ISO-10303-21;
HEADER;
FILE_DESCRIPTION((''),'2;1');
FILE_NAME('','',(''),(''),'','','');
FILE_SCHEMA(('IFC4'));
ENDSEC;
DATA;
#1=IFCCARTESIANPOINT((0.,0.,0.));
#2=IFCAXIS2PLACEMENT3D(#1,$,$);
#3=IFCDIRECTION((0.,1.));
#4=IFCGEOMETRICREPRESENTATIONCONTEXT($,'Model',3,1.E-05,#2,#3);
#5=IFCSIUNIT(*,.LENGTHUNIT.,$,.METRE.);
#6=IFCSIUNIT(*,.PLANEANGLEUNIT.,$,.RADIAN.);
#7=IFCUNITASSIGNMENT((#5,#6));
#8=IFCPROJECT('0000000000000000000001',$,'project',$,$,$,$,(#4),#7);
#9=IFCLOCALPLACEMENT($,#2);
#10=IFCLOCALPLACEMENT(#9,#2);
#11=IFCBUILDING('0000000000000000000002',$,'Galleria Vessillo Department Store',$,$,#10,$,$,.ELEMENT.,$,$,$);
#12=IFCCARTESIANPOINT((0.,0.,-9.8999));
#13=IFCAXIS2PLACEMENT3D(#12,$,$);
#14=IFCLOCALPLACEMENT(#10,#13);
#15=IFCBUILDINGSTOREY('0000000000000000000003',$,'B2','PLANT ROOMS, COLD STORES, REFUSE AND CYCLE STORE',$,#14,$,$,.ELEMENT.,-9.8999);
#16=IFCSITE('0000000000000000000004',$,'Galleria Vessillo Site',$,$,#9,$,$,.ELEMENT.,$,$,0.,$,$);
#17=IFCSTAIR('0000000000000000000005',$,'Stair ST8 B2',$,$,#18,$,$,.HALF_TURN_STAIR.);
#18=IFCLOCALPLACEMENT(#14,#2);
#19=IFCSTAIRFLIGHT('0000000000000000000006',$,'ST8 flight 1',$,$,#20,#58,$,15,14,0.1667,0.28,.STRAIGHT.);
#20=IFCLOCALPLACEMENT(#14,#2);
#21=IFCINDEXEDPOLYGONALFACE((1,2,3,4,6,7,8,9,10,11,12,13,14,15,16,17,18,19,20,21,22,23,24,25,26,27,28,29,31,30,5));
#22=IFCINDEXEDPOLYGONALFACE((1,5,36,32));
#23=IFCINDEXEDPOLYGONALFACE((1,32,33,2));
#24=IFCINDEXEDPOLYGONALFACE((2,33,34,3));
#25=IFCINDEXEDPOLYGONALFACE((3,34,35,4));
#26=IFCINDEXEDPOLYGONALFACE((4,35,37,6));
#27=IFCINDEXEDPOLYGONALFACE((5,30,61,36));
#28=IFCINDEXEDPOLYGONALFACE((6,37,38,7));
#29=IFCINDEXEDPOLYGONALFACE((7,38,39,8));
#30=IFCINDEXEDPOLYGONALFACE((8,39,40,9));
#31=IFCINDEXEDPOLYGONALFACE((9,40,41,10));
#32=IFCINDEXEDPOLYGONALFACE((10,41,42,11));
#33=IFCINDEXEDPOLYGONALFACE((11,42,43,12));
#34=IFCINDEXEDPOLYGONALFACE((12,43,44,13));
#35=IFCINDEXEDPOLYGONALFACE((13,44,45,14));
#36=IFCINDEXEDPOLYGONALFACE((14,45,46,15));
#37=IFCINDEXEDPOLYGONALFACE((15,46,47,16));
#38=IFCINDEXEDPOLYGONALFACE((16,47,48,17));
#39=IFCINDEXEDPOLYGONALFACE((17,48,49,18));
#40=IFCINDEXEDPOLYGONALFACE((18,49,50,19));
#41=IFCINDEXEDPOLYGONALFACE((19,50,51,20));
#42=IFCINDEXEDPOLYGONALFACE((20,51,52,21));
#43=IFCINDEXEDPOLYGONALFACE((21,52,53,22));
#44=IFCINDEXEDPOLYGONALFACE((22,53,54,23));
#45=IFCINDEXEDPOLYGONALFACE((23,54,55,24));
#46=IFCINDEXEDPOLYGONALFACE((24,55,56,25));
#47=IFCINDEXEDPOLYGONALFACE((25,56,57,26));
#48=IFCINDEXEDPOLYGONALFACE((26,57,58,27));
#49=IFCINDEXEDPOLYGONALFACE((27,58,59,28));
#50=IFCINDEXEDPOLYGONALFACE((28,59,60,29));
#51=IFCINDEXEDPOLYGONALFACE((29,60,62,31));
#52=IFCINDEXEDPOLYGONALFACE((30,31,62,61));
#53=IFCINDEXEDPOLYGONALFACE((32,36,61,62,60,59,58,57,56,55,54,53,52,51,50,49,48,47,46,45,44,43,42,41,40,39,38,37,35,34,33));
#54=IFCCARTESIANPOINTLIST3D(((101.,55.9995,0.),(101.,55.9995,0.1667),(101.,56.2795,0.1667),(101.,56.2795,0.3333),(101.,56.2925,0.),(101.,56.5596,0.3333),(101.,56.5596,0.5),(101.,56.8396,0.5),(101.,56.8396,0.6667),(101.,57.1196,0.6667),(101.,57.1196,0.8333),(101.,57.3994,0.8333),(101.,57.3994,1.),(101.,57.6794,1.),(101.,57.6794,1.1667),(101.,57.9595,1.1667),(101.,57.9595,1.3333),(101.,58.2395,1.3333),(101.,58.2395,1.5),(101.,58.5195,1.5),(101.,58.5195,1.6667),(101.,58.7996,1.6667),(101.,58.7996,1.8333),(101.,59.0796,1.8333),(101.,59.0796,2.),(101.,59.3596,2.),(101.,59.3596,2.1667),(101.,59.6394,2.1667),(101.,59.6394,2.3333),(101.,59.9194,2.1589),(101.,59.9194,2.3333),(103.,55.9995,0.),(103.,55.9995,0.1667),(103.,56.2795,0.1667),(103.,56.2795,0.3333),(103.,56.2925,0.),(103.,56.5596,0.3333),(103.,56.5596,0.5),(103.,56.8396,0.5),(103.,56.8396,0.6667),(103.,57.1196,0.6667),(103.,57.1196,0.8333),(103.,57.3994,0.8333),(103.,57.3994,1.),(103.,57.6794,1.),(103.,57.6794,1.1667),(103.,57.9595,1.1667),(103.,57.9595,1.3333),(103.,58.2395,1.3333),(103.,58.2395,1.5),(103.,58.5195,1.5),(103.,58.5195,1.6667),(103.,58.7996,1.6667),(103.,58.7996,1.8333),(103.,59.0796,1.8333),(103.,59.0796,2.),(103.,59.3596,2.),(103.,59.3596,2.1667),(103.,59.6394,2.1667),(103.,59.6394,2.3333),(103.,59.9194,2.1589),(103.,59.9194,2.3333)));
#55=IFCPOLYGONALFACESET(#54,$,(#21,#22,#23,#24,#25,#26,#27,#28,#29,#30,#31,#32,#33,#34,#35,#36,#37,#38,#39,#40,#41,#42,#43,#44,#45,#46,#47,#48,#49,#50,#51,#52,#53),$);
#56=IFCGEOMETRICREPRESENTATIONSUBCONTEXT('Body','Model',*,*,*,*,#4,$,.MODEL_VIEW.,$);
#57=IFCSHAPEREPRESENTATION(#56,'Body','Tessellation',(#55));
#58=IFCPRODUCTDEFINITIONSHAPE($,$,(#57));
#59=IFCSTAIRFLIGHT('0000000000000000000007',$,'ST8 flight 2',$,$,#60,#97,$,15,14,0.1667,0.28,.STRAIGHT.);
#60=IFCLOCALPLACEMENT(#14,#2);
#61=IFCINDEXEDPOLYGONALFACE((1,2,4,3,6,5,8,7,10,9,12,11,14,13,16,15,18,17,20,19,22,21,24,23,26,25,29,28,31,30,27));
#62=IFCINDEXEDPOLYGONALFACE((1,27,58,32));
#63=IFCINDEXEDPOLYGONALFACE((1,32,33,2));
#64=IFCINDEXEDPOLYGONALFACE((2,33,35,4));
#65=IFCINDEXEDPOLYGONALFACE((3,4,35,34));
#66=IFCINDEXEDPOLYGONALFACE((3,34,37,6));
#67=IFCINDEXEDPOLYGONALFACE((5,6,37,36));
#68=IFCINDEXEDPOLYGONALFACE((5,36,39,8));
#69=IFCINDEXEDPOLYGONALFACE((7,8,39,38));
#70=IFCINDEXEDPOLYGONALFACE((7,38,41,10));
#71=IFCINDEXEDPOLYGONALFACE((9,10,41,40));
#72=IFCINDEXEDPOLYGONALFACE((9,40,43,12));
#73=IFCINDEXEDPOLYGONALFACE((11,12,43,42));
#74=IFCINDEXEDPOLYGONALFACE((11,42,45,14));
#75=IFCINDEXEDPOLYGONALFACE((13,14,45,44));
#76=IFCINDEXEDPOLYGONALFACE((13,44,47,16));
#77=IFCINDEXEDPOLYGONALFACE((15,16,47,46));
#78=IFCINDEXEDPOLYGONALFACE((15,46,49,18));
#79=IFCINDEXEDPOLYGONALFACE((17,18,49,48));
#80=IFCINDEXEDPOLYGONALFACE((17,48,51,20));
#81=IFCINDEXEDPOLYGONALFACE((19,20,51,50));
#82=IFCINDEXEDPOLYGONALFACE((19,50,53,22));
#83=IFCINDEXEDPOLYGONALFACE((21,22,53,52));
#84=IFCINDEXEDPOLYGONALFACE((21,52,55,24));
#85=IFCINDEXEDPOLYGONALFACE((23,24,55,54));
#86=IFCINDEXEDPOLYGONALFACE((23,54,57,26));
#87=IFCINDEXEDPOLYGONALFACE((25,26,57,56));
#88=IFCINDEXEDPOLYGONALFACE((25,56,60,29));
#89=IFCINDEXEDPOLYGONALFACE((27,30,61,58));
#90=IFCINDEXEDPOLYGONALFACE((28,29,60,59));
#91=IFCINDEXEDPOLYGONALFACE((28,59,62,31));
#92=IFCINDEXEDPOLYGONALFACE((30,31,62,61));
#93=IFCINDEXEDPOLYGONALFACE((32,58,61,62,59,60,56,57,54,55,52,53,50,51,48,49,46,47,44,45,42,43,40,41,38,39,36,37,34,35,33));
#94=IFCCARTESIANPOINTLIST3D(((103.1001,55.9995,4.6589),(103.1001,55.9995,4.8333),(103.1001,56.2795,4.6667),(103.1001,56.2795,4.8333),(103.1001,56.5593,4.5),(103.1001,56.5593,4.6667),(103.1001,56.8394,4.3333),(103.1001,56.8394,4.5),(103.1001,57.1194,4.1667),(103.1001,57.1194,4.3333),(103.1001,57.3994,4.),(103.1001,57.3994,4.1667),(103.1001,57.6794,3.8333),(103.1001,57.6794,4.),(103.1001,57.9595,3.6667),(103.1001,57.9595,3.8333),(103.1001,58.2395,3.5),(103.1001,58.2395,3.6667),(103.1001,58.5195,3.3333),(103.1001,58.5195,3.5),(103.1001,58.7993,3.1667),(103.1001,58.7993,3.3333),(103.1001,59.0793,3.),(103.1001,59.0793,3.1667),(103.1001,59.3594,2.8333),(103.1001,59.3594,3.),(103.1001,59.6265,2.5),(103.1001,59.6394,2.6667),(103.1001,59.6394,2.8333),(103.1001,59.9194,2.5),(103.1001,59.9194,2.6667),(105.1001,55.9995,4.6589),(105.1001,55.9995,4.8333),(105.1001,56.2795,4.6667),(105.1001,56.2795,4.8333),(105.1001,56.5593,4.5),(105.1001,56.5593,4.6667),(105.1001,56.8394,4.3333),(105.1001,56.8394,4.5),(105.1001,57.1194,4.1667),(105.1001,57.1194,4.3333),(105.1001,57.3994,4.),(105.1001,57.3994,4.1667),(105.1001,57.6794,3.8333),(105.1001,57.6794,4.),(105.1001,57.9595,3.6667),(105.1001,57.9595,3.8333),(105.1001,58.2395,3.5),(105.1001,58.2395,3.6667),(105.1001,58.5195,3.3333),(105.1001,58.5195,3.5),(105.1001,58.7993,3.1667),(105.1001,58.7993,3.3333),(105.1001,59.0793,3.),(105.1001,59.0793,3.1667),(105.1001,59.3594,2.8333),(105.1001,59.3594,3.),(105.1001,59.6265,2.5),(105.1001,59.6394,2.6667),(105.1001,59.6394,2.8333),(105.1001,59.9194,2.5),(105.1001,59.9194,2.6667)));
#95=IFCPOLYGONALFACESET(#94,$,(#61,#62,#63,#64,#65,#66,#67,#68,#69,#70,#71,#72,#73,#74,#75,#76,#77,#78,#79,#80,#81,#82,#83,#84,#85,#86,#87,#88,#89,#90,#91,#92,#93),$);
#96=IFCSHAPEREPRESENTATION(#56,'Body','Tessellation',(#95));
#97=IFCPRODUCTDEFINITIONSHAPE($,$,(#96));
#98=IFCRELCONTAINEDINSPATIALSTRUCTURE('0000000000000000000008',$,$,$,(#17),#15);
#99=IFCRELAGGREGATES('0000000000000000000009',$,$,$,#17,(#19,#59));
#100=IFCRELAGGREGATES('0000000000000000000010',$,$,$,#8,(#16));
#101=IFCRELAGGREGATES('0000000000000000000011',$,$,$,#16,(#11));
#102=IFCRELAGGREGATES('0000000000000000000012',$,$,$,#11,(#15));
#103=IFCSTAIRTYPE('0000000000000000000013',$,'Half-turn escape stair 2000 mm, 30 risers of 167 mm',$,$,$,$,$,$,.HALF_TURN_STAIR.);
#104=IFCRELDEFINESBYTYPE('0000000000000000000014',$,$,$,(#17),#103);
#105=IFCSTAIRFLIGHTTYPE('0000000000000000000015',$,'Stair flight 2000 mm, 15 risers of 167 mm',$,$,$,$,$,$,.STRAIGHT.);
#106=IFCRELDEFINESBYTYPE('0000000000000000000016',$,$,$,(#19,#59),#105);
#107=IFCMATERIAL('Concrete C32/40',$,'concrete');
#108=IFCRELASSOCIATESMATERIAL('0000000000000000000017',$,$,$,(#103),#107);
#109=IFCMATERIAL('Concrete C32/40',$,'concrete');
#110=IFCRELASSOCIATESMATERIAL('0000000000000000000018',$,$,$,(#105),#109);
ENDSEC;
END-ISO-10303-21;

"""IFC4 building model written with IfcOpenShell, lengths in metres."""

from ifc_helpers import new_model, si_unit, direction, frame, origin, place, context, subcontext, project, spatial, polyline, outline, extrude, material, type_object, element, aggregate, save


model = new_model("IFC4")

# Units and contexts
model_context = context("Model", 3, precision=1e-05, world=origin(), true_north=direction((0.0, 1.0)))
body_context = subcontext(model_context, "Body", "Model", "MODEL_VIEW")
ifc_project = project(units=[si_unit("LENGTHUNIT", "METRE"), si_unit("PLANEANGLEUNIT", "RADIAN")], contexts=[model_context])

# Site, building, storey
site_placement = place(None, origin())
site = spatial("IfcSite", under=ifc_project, at=site_placement, Name="Galleria Vessillo Site", CompositionType="ELEMENT", RefElevation=0.0)
building_placement = place(site_placement, origin())
building = spatial("IfcBuilding", under=site, at=building_placement, Name="Galleria Vessillo Department Store", CompositionType="ELEMENT")
storey_placement = place(building_placement, frame((0.0, 0.0, -9.8999)))
storey = spatial("IfcBuildingStorey", under=building, at=storey_placement, Name="B2", Description="PLANT ROOMS, COLD STORES, REFUSE AND CYCLE STORE", CompositionType="ELEMENT", Elevation=-9.8999)

# Stair, stair flights
ifc_material_1 = material(Name="Concrete C32/40", Category="concrete")
stair_type = type_object("IfcStairType", Name="Half-turn escape stair 2000 mm, 30 risers of 167 mm", PredefinedType="HALF_TURN_STAIR", material=ifc_material_1)
stair_placement = place(storey_placement, origin())
stair = element("IfcStair", 1, at=stair_placement, inside=storey, type_object=stair_type, Name="Stair ST8 B2", PredefinedType="HALF_TURN_STAIR")
ifc_material_2 = material(Name="Concrete C32/40", Category="concrete")
stair_flight_type = type_object("IfcStairFlightType", Name="Stair flight 2000 mm, 15 risers of 167 mm", PredefinedType="STRAIGHT", material=ifc_material_2)
stair_flight_1_placement = place(storey_placement, frame((102.0, 55.9995, 0.0), z_axis=(0.0, 0.0, 1.0), x_axis=(0.0, 1.0, 0.0)))
stair_flight_1 = element("IfcStairFlight", 2, at=stair_flight_1_placement, type_object=stair_flight_type, Name="ST8 flight 1", NumberOfRisers=15, NumberOfTreads=14, PredefinedType="STRAIGHT", RiserHeight=0.1667, TreadLength=0.28, context=body_context, shape_type="SweptSolid", body=[
    extrude(outline(polyline([(0.0, 0.0), (0.0, 0.1667), (0.28, 0.1667), (0.28, 0.3333), (0.5601, 0.3333), (0.5601, 0.5), (0.8401, 0.5), (0.8401, 0.6667), (1.1201, 0.6667), (1.1201, 0.8333), (1.3999, 0.8333), (1.3999, 1.0), (1.6799, 1.0), (1.6799, 1.1667), (1.96, 1.1667), (1.96, 1.3333), (2.24, 1.3333), (2.24, 1.5), (2.52, 1.5), (2.52, 1.6667), (2.8, 1.6667), (2.8, 1.8333), (3.0801, 1.8333), (3.0801, 2.0), (3.3601, 2.0), (3.3601, 2.1667), (3.6399, 2.1667), (3.6399, 2.3333), (3.9199, 2.3333), (3.9199, 2.5), (3.9199, 2.1589), (0.293, 0.0), (0.0, 0.0)])), frame((0.0, 1.0, 0.0), z_axis=(0.0, -1.0, 0.0), x_axis=(1.0, 0.0, 0.0)), (0.0, 0.0, 1.0), 2.0),
])
stair_flight_2_placement = place(storey_placement, frame((104.1001, 59.9194, 2.5), z_axis=(0.0, 0.0, 1.0), x_axis=(0.0, -1.0, 0.0)))
stair_flight_2 = element("IfcStairFlight", 3, at=stair_flight_2_placement, type_object=stair_flight_type, Name="ST8 flight 2", NumberOfRisers=15, NumberOfTreads=14, PredefinedType="STRAIGHT", RiserHeight=0.1667, TreadLength=0.28, context=body_context, shape_type="SweptSolid", body=[
    extrude(outline(polyline([(0.0, 0.0), (0.0, 0.1667), (0.28, 0.1667), (0.28, 0.3333), (0.5601, 0.3333), (0.5601, 0.5), (0.8401, 0.5), (0.8401, 0.6667), (1.1201, 0.6667), (1.1201, 0.8333), (1.3999, 0.8333), (1.3999, 1.0), (1.6799, 1.0), (1.6799, 1.1667), (1.96, 1.1667), (1.96, 1.3333), (2.24, 1.3333), (2.24, 1.5), (2.52, 1.5), (2.52, 1.6667), (2.8, 1.6667), (2.8, 1.8333), (3.0801, 1.8333), (3.0801, 2.0), (3.3601, 2.0), (3.3601, 2.1667), (3.6399, 2.1667), (3.6399, 2.3333), (3.9199, 2.3333), (3.9199, 2.5), (3.9199, 2.1589), (0.293, 0.0), (0.0, 0.0)])), frame((0.0, 1.0, 0.0), z_axis=(0.0, -1.0, 0.0), x_axis=(1.0, 0.0, 0.0)), (0.0, 0.0, 1.0), 2.0),
])
aggregate(stair, [stair_flight_1, stair_flight_2])

save(model, "model.ifc")
